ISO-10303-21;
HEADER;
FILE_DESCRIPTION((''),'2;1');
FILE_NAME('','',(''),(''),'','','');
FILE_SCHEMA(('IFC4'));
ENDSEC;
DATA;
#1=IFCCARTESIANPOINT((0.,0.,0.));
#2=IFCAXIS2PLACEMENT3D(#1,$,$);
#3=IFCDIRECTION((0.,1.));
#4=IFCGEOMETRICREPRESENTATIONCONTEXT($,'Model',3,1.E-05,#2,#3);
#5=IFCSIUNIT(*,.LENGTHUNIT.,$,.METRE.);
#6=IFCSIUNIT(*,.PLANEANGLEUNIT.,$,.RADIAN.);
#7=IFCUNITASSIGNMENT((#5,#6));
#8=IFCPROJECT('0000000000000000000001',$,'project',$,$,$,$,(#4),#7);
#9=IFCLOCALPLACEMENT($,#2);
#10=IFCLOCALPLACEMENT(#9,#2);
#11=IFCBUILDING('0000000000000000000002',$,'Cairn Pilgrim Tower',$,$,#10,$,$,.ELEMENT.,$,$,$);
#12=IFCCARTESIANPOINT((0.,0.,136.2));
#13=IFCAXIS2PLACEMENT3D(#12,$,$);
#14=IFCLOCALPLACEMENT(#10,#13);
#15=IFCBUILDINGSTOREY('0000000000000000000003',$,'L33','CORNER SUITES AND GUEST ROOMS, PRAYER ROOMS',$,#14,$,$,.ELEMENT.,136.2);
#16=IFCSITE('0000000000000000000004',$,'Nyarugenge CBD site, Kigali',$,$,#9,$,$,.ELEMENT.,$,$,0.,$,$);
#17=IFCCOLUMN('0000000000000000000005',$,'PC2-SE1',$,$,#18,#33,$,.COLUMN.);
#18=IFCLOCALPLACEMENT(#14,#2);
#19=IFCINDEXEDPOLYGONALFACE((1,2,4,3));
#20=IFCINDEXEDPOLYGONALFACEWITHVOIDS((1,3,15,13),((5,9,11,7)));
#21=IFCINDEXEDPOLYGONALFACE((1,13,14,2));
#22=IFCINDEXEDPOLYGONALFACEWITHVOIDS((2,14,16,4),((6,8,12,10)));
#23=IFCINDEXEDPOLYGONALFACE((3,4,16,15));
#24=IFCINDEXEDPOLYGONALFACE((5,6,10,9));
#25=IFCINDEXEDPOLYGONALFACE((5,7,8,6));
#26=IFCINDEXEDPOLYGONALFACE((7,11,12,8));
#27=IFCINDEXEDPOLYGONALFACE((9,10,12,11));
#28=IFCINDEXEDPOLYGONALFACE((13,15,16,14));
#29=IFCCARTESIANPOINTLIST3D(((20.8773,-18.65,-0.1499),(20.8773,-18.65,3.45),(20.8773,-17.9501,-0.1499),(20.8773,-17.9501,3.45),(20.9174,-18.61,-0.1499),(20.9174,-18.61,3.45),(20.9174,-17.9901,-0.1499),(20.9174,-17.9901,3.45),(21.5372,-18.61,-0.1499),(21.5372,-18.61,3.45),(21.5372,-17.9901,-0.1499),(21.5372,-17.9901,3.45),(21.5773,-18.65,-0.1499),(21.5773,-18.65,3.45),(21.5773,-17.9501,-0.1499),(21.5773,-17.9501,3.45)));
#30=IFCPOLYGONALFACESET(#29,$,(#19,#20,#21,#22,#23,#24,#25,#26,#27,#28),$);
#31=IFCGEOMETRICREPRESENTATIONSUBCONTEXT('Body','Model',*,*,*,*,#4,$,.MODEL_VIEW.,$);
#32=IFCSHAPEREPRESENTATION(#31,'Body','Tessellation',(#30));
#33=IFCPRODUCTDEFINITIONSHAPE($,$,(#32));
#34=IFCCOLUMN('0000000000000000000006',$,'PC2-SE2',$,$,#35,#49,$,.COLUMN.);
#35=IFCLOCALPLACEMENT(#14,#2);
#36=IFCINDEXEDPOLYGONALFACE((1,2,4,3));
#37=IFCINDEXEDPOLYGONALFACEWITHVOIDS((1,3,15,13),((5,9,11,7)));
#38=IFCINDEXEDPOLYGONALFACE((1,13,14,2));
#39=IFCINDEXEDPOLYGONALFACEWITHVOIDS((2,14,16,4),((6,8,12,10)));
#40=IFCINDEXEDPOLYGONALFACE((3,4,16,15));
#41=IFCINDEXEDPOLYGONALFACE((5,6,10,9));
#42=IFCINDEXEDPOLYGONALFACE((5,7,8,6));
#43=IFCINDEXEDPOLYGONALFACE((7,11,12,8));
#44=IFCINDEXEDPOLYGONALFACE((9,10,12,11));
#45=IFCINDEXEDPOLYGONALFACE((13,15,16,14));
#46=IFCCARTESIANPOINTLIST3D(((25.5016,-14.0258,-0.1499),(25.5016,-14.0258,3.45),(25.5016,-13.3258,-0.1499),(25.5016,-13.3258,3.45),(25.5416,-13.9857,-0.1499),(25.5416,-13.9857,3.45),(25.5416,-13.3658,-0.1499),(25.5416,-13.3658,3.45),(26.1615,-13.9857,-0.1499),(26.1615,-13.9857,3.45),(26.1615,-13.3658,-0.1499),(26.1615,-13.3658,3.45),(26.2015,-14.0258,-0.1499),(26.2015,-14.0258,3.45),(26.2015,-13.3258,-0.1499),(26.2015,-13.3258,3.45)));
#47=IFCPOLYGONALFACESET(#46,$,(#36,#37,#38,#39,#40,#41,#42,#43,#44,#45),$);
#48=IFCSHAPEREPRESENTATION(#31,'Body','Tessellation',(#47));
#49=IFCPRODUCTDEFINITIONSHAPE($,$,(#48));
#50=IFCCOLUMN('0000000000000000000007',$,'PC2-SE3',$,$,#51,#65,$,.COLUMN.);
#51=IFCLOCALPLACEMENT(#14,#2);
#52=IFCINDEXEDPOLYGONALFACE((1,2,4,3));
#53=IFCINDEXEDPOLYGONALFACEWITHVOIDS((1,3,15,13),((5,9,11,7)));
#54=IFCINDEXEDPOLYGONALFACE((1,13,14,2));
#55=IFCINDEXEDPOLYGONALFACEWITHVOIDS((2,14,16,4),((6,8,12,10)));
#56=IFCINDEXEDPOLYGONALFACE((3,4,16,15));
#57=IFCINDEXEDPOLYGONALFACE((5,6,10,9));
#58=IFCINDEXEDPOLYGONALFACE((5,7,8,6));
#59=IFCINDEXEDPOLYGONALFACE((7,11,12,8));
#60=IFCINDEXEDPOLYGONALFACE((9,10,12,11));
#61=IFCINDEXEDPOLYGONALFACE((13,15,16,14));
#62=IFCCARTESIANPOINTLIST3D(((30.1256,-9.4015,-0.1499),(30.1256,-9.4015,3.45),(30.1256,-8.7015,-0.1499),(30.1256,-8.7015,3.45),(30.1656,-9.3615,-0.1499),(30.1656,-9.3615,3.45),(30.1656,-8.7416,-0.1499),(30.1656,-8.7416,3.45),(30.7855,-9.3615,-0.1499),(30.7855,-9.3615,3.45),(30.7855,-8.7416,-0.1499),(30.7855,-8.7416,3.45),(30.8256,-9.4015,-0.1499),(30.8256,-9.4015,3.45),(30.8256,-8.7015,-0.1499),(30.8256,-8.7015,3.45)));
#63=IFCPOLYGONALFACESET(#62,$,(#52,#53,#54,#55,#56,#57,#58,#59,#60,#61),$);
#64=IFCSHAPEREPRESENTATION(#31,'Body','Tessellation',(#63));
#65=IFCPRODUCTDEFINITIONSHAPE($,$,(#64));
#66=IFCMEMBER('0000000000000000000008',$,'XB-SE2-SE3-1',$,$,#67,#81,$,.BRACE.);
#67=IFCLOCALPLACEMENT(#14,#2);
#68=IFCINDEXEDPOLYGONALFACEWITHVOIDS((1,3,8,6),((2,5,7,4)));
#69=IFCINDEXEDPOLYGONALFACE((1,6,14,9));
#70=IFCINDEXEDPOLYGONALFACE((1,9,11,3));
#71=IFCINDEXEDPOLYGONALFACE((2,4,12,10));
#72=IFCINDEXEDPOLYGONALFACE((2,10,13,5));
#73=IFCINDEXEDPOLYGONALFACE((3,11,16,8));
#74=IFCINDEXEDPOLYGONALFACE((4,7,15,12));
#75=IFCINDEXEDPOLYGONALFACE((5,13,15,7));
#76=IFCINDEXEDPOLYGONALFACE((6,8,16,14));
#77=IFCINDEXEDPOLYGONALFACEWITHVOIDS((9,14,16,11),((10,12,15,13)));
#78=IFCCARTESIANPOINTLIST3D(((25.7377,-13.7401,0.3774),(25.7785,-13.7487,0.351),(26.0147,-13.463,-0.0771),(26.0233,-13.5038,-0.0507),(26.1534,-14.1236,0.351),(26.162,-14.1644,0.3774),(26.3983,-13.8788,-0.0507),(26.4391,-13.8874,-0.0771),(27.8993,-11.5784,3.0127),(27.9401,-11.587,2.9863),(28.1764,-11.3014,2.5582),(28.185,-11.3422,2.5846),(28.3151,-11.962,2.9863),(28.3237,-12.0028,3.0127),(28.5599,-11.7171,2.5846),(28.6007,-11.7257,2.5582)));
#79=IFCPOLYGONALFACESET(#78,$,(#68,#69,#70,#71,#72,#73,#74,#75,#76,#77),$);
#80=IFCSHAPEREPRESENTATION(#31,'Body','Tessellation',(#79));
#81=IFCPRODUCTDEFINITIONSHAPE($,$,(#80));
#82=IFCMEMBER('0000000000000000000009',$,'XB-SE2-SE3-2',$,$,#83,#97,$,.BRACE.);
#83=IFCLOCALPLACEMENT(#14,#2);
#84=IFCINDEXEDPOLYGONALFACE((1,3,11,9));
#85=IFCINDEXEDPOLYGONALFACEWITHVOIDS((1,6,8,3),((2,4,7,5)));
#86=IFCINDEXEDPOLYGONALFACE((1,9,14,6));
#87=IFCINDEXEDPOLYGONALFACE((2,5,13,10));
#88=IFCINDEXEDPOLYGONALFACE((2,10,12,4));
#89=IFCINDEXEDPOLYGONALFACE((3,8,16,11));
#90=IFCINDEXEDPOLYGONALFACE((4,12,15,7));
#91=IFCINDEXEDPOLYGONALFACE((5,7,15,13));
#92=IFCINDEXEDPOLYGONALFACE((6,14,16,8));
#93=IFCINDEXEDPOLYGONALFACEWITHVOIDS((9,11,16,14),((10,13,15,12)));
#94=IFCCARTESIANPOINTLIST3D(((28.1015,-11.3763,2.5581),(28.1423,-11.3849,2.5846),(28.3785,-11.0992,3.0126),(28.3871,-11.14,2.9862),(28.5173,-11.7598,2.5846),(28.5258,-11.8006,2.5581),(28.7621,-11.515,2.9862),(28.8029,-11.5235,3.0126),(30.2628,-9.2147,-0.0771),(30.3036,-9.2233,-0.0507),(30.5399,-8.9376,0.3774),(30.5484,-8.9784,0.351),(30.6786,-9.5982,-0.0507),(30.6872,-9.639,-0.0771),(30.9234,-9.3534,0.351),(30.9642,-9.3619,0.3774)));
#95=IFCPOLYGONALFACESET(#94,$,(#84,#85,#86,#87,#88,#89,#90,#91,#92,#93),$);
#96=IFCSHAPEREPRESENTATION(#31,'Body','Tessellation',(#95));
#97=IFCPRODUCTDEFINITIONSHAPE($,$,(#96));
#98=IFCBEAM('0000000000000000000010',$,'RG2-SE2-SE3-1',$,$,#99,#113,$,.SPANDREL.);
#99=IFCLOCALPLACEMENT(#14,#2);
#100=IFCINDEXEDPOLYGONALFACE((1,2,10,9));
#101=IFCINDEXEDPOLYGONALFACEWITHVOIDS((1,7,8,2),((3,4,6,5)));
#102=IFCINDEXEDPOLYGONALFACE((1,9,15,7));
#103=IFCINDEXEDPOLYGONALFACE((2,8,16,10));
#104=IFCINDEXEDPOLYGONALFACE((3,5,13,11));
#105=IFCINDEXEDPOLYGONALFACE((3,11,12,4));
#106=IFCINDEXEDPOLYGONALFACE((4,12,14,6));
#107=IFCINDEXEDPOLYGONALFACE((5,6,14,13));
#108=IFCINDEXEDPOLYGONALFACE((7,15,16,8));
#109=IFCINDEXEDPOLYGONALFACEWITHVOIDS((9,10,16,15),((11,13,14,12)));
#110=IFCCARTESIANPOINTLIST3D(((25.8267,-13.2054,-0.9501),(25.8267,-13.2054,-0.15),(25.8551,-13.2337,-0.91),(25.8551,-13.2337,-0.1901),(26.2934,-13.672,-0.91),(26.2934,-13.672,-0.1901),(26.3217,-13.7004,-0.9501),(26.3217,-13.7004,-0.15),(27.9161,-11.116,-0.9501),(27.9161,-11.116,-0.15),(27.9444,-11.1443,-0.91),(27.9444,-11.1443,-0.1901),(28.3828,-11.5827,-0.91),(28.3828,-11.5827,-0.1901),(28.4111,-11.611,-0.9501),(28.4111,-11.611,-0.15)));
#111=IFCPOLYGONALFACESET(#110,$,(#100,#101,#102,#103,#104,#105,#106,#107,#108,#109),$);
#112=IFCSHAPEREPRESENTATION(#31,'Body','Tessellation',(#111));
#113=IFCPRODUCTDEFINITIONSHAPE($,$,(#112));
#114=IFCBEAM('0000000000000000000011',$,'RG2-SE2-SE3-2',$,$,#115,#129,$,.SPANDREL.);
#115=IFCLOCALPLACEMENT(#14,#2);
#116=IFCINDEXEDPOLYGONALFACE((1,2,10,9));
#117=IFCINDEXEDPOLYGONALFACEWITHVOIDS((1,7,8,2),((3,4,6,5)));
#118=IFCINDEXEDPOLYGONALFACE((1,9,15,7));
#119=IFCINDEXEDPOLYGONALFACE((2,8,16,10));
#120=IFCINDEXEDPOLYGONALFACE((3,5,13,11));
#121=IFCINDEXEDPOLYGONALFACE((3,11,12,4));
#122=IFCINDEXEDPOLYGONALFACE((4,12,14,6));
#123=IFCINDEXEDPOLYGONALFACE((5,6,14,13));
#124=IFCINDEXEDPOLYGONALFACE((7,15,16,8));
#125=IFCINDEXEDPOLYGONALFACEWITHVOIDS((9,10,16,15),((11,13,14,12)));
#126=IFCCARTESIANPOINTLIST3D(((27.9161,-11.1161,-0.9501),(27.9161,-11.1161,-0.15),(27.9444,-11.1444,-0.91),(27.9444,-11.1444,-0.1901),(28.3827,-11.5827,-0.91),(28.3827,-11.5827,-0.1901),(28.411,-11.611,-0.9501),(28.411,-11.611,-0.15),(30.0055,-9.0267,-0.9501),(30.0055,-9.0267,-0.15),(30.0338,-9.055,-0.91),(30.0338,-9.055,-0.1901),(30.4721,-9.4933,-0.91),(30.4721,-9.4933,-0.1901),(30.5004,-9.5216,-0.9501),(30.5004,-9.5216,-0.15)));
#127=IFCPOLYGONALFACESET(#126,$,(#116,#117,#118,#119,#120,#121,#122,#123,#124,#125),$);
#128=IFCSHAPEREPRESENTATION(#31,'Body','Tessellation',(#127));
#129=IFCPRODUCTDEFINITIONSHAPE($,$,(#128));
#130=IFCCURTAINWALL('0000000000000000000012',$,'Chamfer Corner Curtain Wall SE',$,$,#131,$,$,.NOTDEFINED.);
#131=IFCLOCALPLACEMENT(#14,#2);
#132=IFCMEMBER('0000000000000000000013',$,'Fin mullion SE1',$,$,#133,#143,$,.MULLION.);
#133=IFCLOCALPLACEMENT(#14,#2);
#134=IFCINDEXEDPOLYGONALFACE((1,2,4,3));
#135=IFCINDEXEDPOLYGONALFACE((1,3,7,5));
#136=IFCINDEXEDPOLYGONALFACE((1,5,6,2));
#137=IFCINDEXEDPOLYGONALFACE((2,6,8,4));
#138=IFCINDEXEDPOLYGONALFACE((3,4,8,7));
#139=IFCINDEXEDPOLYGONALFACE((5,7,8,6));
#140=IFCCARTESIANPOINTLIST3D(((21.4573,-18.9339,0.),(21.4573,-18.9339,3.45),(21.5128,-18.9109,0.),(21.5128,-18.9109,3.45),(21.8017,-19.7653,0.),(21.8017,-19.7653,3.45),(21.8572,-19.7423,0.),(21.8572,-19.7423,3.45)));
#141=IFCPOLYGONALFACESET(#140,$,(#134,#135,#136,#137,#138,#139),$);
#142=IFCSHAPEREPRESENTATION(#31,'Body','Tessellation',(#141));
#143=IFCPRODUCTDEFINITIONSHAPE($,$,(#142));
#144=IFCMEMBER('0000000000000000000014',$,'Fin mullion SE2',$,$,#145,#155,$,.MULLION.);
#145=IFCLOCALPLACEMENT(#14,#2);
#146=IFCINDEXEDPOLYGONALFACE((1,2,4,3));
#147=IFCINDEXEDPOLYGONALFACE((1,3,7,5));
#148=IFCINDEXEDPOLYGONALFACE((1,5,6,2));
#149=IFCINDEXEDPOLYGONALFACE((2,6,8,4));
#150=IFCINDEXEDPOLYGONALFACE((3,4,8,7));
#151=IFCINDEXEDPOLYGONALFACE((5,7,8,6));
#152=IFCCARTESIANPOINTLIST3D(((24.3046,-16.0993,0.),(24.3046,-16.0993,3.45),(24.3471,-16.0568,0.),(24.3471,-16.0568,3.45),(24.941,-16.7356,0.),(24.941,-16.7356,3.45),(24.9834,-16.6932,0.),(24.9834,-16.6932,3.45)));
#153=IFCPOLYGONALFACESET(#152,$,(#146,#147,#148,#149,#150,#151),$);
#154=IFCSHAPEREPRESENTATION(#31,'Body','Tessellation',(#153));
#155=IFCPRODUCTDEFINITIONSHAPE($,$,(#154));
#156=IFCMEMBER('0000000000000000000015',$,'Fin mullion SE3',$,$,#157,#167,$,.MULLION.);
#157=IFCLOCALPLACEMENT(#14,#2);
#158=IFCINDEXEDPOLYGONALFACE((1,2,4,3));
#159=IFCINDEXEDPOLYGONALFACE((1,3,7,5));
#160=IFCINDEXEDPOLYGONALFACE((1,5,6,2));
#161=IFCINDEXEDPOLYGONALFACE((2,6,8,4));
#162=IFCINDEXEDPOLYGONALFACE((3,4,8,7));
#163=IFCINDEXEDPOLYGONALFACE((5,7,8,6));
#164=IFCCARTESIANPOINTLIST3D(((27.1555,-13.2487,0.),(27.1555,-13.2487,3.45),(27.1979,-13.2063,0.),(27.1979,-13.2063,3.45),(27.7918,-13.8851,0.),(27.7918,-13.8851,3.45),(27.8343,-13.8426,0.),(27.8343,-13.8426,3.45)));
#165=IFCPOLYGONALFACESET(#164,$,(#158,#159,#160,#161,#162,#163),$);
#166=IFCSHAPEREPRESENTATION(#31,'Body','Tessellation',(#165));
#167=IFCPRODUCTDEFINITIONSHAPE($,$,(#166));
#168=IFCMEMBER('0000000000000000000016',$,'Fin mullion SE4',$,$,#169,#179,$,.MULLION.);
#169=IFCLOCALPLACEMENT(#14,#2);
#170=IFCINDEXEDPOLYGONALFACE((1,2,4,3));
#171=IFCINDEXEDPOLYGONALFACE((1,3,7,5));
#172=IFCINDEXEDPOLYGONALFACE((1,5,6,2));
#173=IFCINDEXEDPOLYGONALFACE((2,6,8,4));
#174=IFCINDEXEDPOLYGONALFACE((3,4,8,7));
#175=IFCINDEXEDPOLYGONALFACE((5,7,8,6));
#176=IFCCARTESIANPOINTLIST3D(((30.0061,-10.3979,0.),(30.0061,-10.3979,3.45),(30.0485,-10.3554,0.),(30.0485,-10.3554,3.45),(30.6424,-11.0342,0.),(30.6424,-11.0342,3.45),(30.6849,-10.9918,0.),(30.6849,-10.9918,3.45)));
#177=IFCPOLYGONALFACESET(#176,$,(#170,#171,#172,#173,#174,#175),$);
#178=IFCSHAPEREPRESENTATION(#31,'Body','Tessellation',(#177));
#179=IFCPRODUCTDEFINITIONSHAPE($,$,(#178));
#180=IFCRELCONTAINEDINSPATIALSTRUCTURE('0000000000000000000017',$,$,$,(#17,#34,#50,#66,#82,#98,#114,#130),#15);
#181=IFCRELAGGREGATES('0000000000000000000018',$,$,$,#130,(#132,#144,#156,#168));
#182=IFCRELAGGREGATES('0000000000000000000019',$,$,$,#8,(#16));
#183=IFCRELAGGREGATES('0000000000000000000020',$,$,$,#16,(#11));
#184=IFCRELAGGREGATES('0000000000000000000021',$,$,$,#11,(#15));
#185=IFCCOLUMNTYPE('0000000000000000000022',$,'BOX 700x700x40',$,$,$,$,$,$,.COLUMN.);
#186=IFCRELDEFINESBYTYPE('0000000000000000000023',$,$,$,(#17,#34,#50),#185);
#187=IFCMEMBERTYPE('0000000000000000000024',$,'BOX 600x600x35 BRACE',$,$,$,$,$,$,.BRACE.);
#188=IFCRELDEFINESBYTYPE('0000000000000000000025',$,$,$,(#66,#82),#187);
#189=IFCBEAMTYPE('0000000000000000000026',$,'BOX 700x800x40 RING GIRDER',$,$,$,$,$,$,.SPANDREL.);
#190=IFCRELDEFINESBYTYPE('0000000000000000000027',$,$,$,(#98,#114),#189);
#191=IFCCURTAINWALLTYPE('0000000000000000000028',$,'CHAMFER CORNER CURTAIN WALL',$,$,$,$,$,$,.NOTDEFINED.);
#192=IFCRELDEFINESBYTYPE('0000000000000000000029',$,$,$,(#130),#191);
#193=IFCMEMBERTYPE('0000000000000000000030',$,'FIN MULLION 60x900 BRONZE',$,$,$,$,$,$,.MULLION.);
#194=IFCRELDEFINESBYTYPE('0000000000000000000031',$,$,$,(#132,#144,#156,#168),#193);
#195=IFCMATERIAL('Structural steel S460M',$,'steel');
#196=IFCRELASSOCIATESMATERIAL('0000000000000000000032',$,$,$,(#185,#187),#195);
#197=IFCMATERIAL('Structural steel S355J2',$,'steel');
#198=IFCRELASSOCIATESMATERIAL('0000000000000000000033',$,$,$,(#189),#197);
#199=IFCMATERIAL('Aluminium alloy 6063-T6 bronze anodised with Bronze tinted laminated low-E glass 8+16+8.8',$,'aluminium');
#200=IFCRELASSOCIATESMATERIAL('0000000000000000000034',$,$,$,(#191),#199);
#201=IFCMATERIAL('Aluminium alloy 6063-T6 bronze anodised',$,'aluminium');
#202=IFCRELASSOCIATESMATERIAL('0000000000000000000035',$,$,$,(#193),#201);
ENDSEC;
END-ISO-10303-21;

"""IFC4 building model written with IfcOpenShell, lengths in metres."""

from ifc_helpers import new_model, si_unit, direction, frame, origin, origin_2d, place, context, subcontext, project, spatial, rectangle, hollow_rectangle, extrude, material, material_profile, profile_set, type_object, element, aggregate, save


model = new_model("IFC4")

# Units and contexts
model_context = context("Model", 3, precision=1e-05, world=origin(), true_north=direction((0.0, 1.0)))
body_context = subcontext(model_context, "Body", "Model", "MODEL_VIEW")
ifc_project = project(units=[si_unit("LENGTHUNIT", "METRE"), si_unit("PLANEANGLEUNIT", "RADIAN")], contexts=[model_context])

# Site, building, storey
site_placement = place(None, origin())
site = spatial("IfcSite", under=ifc_project, at=site_placement, Name="Nyarugenge CBD site, Kigali", CompositionType="ELEMENT", RefElevation=0.0)
building_placement = place(site_placement, origin())
building = spatial("IfcBuilding", under=site, at=building_placement, Name="Cairn Pilgrim Tower", CompositionType="ELEMENT")
storey_placement = place(building_placement, frame((0.0, 0.0, 136.2)))
storey = spatial("IfcBuildingStorey", under=building, at=storey_placement, Name="L33", Description="CORNER SUITES AND GUEST ROOMS, PRAYER ROOMS", CompositionType="ELEMENT", Elevation=136.2)

# Columns
ifc_material_1 = material(Name="Structural steel S460M", Category="steel")
ifc_material_profile_1 = material_profile(ifc_material_1, hollow_rectangle(XDim=0.7, YDim=0.7, WallThickness=0.04, at=origin_2d()), Name="BOX 700x700x40")
ifc_profile_set_1 = profile_set([ifc_material_profile_1], Name="Structural steel S460M")
column_type = type_object("IfcColumnType", Name="BOX 700x700x40", PredefinedType="COLUMN", material=ifc_profile_set_1)
for number, where, z_axis, x_axis, name in (
    (1, (21.2273, -18.3, -0.1499), (0.0, 0.0, 1.0), (1.0, 0.0, 0.0), "PC2-SE1"),
    (2, (25.8516, -13.6758, -0.1499), (0.0, 0.0, 1.0), (1.0, 0.0, 0.0), "PC2-SE2"),
    (3, (30.4756, -9.0515, -0.1499), (0.0, 0.0, 1.0), (1.0, 0.0, 0.0), "PC2-SE3"),
):
    element("IfcColumn", number, at=place(storey_placement, frame(where, z_axis=z_axis, x_axis=x_axis)), inside=storey, type_object=column_type, Name=name, PredefinedType="COLUMN", context=body_context, shape_type="SweptSolid", body=[
        extrude(hollow_rectangle(XDim=0.7, YDim=0.7, WallThickness=0.04, at=origin_2d()), origin(), (0.0, 0.0, 1.0), 3.5999),
    ])

# Members
ifc_material_profile_2 = material_profile(ifc_material_1, hollow_rectangle(XDim=0.6001, YDim=0.6001, WallThickness=0.0349, at=origin_2d()), Name="BOX 600x600x35")
ifc_profile_set_2 = profile_set([ifc_material_profile_2], Name="Structural steel S460M")
member_type_1 = type_object("IfcMemberType", Name="BOX 600x600x35 BRACE", PredefinedType="BRACE", material=ifc_profile_set_2)
member_1_placement = place(storey_placement, frame((26.0884, -13.8137, 0.1501), z_axis=(0.535577, 0.535577, 0.652927), x_axis=(-0.707107, 0.707107, 0.0)))
element("IfcMember", 4, at=member_1_placement, inside=storey, type_object=member_type_1, Name="XB-SE2-SE3-1", PredefinedType="BRACE", context=body_context, shape_type="SweptSolid", body=[
    extrude(hollow_rectangle(XDim=0.6001, YDim=0.6001, WallThickness=0.0349, at=origin_2d()), origin(), (0.0, 0.0, 1.0), 4.0361),
])
member_2_placement = place(storey_placement, frame((30.6135, -9.2883, 0.1501), z_axis=(-0.535534, -0.535594, 0.652949), x_axis=(0.707147, -0.707067, 0.0)))
element("IfcMember", 5, at=member_2_placement, inside=storey, type_object=member_type_1, Name="XB-SE2-SE3-2", PredefinedType="BRACE", context=body_context, shape_type="SweptSolid", body=[
    extrude(hollow_rectangle(XDim=0.6001, YDim=0.6001, WallThickness=0.0349, at=origin_2d()), origin(), (0.0, 0.0, 1.0), 4.0359),
])

# Beams
ifc_material_2 = material(Name="Structural steel S355J2", Category="steel")
ifc_material_profile_3 = material_profile(ifc_material_2, hollow_rectangle(XDim=0.7, YDim=0.8, WallThickness=0.04, at=origin_2d()), Name="BOX 700x800x40")
ifc_profile_set_3 = profile_set([ifc_material_profile_3], Name="Structural steel S355J2")
beam_type_1 = type_object("IfcBeamType", Name="BOX 700x800x40 RING GIRDER", PredefinedType="SPANDREL", material=ifc_profile_set_3)
for number, where, z_axis, x_axis, name in (
    (6, (26.0742, -13.4529, -0.55), (0.707107, 0.707107, 0.0), (-0.707107, 0.707107, 0.0), "RG2-SE2-SE3-1"),
    (7, (28.1636, -11.3635, -0.55), (0.707107, 0.707107, 0.0), (-0.707107, 0.707107, 0.0), "RG2-SE2-SE3-2"),
):
    element("IfcBeam", number, at=place(storey_placement, frame(where, z_axis=z_axis, x_axis=x_axis)), inside=storey, type_object=beam_type_1, Name=name, PredefinedType="SPANDREL", context=body_context, shape_type="SweptSolid", body=[
        extrude(hollow_rectangle(XDim=0.7, YDim=0.8, WallThickness=0.04, at=origin_2d()), origin(), (0.0, 0.0, 1.0), 2.9548),
    ])

# Curtain wall, members
ifc_material_3 = material(Name="Aluminium alloy 6063-T6 bronze anodised with Bronze tinted laminated low-E glass 8+16+8.8", Category="aluminium")
curtain_wall_type = type_object("IfcCurtainWallType", Name="CHAMFER CORNER CURTAIN WALL", PredefinedType="NOTDEFINED", material=ifc_material_3)
curtain_wall_placement = place(storey_placement, origin())
curtain_wall = element("IfcCurtainWall", 8, at=curtain_wall_placement, inside=storey, type_object=curtain_wall_type, Name="Chamfer Corner Curtain Wall SE", PredefinedType="NOTDEFINED")
ifc_material_4 = material(Name="Aluminium alloy 6063-T6 bronze anodised", Category="aluminium")
ifc_material_profile_4 = material_profile(ifc_material_4, rectangle(XDim=0.8999, YDim=0.0601, at=origin_2d()), Name="FIN MULLION 60x900 BRONZE")
ifc_profile_set_4 = profile_set([ifc_material_profile_4], Name="Aluminium alloy 6063-T6 bronze anodised")
member_type_2 = type_object("IfcMemberType", Name="FIN MULLION 60x900 BRONZE", PredefinedType="MULLION", material=ifc_profile_set_4)
member_3_placement = place(storey_placement, frame((21.6572, -19.3381, 0.0), z_axis=(0.0, 0.0, 1.0), x_axis=(0.382683, -0.92388, 0.0)))
member_3 = element("IfcMember", 9, at=member_3_placement, type_object=member_type_2, Name="Fin mullion SE1", PredefinedType="MULLION", context=body_context, shape_type="SweptSolid", body=[
    extrude(rectangle(XDim=0.8999, YDim=0.0601, at=origin_2d()), origin(), (0.0, 0.0, 1.0), 3.45),
])
member_4_placement = place(storey_placement, frame((24.644, -16.3962, 0.0), z_axis=(0.0, 0.0, 1.0), x_axis=(0.707107, -0.707107, 0.0)))
member_4 = element("IfcMember", 10, at=member_4_placement, type_object=member_type_2, Name="Fin mullion SE2", PredefinedType="MULLION", context=body_context, shape_type="SweptSolid", body=[
    extrude(rectangle(XDim=0.8999, YDim=0.0601, at=origin_2d()), origin(), (0.0, 0.0, 1.0), 3.45),
])
member_5_placement = place(storey_placement, frame((27.4949, -13.5457, 0.0), z_axis=(0.0, 0.0, 1.0), x_axis=(0.707107, -0.707107, 0.0)))
member_5 = element("IfcMember", 11, at=member_5_placement, type_object=member_type_2, Name="Fin mullion SE3", PredefinedType="MULLION", context=body_context, shape_type="SweptSolid", body=[
    extrude(rectangle(XDim=0.8999, YDim=0.0601, at=origin_2d()), origin(), (0.0, 0.0, 1.0), 3.45),
])
member_6_placement = place(storey_placement, frame((30.3455, -10.6948, 0.0), z_axis=(0.0, 0.0, 1.0), x_axis=(0.707107, -0.707107, 0.0)))
member_6 = element("IfcMember", 12, at=member_6_placement, type_object=member_type_2, Name="Fin mullion SE4", PredefinedType="MULLION", context=body_context, shape_type="SweptSolid", body=[
    extrude(rectangle(XDim=0.8999, YDim=0.0601, at=origin_2d()), origin(), (0.0, 0.0, 1.0), 3.45),
])

aggregate(curtain_wall, [member_3, member_4, member_5, member_6])

save(model, "model.ifc")
